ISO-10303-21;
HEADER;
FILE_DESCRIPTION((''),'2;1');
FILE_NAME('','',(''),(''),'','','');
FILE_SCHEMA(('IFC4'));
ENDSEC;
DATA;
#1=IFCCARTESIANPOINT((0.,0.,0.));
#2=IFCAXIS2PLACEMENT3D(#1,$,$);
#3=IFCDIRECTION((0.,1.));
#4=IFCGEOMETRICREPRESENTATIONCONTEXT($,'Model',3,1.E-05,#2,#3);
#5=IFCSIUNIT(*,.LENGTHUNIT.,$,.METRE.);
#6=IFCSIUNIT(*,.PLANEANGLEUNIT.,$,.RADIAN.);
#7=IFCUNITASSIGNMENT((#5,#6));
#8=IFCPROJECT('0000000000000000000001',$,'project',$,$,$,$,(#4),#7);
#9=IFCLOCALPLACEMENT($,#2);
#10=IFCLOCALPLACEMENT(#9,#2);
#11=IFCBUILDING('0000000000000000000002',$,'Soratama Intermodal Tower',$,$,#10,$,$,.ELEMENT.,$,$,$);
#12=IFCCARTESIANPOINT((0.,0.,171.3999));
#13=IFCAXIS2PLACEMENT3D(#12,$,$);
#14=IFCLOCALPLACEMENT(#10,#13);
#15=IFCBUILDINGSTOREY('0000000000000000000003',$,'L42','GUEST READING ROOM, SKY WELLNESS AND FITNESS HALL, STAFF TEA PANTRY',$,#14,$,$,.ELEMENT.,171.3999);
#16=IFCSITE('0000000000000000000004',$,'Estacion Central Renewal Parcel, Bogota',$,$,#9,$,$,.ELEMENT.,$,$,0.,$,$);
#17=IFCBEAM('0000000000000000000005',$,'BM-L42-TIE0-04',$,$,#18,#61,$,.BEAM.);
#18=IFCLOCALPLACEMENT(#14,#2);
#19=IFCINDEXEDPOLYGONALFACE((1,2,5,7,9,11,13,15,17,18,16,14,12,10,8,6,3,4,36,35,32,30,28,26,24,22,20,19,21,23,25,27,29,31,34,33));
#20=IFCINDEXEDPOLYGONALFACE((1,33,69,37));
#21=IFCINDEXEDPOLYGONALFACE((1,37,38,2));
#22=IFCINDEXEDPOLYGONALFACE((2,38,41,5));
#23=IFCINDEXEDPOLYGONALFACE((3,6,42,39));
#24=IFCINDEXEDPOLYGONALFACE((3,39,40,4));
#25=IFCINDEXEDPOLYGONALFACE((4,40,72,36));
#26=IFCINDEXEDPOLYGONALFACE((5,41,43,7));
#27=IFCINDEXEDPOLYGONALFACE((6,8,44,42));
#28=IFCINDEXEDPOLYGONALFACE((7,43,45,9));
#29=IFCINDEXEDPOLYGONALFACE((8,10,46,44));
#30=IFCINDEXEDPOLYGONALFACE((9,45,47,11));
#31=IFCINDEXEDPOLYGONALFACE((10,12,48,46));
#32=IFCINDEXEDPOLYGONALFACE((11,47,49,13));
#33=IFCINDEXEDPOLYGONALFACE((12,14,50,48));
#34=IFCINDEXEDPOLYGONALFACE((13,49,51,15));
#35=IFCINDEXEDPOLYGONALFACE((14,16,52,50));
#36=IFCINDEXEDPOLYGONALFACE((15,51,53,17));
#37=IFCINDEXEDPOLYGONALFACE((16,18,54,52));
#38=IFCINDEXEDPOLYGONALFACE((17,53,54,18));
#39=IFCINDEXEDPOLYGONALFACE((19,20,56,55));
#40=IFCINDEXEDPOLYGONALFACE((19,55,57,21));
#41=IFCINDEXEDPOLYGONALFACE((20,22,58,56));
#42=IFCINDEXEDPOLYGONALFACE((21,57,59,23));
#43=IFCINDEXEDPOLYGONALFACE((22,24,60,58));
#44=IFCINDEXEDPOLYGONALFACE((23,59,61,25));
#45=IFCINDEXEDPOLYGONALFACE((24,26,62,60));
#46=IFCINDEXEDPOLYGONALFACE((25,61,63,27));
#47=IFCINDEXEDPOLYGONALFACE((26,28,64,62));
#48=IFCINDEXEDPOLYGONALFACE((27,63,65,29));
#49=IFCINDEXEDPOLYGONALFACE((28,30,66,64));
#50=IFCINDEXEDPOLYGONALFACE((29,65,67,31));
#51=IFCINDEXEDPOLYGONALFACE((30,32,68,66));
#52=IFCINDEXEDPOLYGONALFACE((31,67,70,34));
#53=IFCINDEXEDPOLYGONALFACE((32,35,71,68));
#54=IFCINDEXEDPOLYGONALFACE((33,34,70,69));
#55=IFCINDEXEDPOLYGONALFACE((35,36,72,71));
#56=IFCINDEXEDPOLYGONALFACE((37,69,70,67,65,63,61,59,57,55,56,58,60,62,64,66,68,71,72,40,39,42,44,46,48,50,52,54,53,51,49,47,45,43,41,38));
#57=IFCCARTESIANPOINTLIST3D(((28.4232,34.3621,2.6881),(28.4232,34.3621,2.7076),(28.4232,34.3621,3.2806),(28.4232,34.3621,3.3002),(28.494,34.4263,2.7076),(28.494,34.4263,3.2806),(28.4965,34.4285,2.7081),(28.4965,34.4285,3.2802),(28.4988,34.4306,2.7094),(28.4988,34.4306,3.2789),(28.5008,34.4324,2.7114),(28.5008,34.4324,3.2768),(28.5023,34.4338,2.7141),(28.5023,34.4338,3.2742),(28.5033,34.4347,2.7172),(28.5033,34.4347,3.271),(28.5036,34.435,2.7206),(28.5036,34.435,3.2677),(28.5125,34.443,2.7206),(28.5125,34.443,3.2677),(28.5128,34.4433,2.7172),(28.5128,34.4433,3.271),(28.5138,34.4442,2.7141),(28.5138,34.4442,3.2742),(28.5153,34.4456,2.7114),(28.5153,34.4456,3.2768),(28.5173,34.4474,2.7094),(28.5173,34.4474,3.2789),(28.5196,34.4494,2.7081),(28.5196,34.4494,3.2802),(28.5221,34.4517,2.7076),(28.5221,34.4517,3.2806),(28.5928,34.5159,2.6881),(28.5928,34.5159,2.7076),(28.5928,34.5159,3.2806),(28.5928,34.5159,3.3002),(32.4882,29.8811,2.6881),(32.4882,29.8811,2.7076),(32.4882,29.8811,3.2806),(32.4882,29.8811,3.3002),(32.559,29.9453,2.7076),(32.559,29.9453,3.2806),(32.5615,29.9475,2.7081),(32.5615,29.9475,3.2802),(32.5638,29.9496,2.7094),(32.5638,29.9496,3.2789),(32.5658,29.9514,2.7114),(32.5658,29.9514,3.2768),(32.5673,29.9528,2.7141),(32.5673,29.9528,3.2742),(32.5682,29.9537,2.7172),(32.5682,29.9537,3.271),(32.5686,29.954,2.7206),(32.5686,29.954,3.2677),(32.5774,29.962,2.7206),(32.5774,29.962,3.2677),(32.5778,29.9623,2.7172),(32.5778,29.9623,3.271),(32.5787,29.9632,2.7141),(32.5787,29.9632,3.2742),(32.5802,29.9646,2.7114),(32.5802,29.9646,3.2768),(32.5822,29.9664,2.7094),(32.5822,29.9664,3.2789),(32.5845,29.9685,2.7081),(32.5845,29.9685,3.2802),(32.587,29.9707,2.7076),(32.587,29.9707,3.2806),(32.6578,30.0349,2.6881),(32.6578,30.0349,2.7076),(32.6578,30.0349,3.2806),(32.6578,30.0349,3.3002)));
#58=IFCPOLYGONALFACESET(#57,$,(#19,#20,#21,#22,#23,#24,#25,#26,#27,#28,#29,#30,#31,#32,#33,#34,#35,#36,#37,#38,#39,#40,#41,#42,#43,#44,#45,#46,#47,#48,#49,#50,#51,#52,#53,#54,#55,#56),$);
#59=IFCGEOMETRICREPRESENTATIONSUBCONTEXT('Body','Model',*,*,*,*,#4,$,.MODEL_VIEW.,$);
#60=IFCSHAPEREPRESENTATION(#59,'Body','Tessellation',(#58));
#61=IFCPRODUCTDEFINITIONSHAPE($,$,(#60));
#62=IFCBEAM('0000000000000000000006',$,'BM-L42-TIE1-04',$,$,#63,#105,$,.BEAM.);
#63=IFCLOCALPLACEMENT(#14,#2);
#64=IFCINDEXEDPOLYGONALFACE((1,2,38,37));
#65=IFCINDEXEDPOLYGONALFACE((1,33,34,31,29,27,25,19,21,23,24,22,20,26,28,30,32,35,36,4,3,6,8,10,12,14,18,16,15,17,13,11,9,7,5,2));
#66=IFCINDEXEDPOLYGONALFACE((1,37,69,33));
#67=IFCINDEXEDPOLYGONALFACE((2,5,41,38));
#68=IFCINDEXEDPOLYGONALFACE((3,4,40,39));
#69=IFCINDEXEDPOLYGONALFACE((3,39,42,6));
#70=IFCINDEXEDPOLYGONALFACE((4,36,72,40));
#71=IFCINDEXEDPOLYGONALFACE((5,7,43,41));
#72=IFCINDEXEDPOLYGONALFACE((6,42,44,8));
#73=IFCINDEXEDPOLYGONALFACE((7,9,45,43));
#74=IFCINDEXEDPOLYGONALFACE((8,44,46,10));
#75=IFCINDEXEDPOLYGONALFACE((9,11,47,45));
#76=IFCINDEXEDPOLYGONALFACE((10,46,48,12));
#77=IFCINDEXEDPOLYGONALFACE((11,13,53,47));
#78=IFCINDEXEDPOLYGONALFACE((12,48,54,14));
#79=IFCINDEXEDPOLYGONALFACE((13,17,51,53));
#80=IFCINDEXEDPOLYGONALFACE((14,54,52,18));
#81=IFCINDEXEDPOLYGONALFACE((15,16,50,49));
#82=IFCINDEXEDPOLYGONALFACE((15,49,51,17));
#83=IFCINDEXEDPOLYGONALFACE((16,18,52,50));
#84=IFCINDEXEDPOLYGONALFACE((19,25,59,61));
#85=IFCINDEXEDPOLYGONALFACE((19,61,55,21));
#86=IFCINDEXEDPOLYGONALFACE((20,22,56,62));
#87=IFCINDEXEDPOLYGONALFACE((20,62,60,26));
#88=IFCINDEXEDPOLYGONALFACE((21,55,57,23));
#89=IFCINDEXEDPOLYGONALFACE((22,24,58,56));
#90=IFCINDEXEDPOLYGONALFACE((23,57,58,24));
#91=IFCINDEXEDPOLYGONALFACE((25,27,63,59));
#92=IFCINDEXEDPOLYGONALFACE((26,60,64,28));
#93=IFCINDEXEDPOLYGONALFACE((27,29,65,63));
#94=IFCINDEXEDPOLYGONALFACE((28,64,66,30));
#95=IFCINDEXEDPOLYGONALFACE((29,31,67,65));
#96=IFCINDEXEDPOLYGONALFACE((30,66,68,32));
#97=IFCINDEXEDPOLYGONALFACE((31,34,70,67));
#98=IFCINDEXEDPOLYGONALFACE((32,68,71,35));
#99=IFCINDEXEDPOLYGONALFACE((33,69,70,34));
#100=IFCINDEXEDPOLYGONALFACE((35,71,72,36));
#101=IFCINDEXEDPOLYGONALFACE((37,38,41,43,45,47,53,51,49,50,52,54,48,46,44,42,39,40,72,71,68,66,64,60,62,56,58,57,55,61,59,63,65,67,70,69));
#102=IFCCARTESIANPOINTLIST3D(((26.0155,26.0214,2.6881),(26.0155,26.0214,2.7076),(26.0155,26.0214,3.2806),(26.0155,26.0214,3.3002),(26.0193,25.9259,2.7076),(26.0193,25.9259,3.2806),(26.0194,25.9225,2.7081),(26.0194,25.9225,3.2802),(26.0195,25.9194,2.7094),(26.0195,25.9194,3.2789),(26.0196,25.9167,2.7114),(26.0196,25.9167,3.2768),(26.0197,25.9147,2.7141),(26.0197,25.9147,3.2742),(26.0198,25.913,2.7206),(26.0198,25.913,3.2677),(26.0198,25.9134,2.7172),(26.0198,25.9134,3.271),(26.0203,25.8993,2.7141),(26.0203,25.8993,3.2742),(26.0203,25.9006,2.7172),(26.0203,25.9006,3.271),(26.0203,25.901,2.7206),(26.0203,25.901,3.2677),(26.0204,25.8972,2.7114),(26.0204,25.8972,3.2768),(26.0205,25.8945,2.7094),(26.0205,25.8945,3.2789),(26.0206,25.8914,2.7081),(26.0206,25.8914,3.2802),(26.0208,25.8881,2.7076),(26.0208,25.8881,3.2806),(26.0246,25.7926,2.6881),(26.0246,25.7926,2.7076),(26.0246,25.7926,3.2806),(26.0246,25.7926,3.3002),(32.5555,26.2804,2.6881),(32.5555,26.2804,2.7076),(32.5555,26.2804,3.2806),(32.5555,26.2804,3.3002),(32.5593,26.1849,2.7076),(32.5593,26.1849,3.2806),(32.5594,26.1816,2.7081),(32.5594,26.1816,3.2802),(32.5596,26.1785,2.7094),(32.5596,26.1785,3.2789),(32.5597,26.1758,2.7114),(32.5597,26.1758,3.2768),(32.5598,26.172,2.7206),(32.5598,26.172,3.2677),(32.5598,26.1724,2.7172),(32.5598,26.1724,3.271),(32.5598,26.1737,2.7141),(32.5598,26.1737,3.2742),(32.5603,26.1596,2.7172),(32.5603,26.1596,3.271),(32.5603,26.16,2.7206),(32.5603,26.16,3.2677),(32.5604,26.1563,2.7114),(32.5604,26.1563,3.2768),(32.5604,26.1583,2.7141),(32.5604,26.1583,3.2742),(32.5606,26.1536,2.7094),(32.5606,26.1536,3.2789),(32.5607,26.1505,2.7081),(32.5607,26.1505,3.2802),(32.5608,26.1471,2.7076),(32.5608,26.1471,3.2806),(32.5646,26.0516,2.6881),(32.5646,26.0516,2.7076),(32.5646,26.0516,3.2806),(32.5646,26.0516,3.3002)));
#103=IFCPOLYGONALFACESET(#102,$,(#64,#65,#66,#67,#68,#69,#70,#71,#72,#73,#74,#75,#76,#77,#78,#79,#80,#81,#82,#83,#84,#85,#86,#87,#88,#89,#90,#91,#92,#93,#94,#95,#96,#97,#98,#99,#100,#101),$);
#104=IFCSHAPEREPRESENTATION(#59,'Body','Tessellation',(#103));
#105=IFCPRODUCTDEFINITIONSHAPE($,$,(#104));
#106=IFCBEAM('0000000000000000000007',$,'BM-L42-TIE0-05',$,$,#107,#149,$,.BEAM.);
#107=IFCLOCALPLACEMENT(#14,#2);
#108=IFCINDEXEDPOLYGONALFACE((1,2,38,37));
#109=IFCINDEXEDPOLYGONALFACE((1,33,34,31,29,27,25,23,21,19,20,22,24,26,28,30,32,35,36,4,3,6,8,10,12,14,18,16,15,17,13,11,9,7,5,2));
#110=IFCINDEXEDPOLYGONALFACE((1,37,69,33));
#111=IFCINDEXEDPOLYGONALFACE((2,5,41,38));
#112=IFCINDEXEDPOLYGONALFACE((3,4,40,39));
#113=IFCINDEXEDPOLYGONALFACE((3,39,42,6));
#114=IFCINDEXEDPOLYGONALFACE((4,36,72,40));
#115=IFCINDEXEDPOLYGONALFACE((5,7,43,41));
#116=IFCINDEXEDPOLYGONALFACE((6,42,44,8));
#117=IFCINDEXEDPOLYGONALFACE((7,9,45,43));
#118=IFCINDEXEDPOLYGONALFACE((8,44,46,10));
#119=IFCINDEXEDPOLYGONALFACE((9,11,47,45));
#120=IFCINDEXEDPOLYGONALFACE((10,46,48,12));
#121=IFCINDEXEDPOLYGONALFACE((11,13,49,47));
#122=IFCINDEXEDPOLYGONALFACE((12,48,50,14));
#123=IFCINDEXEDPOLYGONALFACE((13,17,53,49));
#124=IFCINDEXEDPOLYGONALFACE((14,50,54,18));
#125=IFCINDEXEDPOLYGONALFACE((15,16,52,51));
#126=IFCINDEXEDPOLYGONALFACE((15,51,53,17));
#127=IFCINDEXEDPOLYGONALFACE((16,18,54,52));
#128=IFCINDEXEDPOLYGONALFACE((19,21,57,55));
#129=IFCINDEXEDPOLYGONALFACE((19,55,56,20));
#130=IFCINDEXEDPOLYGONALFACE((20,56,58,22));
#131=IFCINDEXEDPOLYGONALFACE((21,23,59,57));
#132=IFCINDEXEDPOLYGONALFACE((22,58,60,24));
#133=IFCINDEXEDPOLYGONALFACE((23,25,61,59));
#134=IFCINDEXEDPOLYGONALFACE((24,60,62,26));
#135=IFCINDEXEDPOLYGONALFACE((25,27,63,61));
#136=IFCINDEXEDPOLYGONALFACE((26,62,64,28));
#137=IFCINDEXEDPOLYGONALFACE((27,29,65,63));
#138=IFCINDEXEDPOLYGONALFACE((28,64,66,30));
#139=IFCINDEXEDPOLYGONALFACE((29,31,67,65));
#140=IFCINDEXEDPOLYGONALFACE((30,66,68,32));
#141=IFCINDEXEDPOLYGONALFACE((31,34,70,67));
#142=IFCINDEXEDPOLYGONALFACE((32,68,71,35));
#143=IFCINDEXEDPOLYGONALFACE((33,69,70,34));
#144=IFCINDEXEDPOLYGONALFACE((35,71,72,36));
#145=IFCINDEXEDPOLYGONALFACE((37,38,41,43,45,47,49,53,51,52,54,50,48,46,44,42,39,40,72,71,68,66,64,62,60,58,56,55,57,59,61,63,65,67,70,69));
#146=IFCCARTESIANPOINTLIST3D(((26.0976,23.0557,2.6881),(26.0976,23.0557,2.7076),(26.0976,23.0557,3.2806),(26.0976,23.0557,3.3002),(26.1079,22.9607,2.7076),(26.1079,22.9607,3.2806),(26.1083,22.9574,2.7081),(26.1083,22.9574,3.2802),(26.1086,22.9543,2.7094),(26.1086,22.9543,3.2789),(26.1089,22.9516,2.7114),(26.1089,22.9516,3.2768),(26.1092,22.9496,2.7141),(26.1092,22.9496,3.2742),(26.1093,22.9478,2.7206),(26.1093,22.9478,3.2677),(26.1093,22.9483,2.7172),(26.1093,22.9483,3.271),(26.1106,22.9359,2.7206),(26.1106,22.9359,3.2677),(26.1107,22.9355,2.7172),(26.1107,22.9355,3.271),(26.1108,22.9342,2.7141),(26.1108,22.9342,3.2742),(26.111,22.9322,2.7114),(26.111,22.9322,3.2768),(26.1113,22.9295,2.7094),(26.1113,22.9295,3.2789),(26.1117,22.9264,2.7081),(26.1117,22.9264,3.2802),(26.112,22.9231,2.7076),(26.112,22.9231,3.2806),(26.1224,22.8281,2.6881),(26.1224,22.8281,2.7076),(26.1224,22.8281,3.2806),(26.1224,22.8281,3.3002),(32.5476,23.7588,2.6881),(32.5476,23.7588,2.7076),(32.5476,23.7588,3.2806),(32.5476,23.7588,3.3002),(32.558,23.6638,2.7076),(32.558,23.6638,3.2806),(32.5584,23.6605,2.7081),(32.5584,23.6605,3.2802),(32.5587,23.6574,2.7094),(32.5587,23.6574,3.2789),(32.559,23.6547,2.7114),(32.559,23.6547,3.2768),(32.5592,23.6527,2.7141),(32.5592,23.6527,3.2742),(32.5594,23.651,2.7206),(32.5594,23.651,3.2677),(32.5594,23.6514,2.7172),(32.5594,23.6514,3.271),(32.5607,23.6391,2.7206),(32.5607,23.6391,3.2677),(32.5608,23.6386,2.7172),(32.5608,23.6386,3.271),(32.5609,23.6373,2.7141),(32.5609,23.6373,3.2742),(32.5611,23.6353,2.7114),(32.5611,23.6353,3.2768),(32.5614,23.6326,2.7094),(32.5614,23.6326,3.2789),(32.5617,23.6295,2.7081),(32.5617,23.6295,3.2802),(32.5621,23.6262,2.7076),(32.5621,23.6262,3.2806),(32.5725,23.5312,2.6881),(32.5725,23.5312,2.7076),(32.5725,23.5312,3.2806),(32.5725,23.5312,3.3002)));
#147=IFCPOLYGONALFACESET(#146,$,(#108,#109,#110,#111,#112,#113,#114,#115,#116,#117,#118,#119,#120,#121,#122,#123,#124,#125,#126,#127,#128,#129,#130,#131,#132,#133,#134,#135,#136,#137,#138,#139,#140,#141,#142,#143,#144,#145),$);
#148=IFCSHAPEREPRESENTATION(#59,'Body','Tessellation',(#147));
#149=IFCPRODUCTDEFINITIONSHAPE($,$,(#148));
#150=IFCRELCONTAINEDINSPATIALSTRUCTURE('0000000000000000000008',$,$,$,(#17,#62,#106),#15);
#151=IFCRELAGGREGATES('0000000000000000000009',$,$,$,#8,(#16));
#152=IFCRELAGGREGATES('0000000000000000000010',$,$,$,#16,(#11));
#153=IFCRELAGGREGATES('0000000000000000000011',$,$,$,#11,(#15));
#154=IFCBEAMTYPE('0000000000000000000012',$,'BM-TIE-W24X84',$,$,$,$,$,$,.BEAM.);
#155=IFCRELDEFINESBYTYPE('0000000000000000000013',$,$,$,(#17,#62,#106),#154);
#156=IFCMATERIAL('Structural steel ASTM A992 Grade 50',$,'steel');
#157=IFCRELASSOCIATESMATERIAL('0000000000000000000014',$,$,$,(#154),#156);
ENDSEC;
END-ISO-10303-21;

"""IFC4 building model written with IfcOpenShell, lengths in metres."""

from ifc_helpers import new_model, si_unit, direction, frame, origin, origin_2d, place, context, subcontext, project, spatial, i_section, extrude, material, material_profile, profile_set, type_object, element, save


model = new_model("IFC4")

# Units and contexts
model_context = context("Model", 3, precision=1e-05, world=origin(), true_north=direction((0.0, 1.0)))
body_context = subcontext(model_context, "Body", "Model", "MODEL_VIEW")
ifc_project = project(units=[si_unit("LENGTHUNIT", "METRE"), si_unit("PLANEANGLEUNIT", "RADIAN")], contexts=[model_context])

# Site, building, storey
site_placement = place(None, origin())
site = spatial("IfcSite", under=ifc_project, at=site_placement, Name="Estacion Central Renewal Parcel, Bogota", CompositionType="ELEMENT", RefElevation=0.0)
building_placement = place(site_placement, origin())
building = spatial("IfcBuilding", under=site, at=building_placement, Name="Soratama Intermodal Tower", CompositionType="ELEMENT")
storey_placement = place(building_placement, frame((0.0, 0.0, 171.3999)))
storey = spatial("IfcBuildingStorey", under=building, at=storey_placement, Name="L42", Description="GUEST READING ROOM, SKY WELLNESS AND FITNESS HALL, STAFF TEA PANTRY", CompositionType="ELEMENT", Elevation=171.3999)

# Beams
ifc_material_1 = material(Name="Structural steel ASTM A992 Grade 50", Category="steel")
ifc_material_profile_1 = material_profile(ifc_material_1, i_section(OverallWidth=0.229, OverallDepth=0.6121, WebThickness=0.012, FlangeThickness=0.0195, FilletRadius=0.0129, at=origin_2d()), Name="W24X84")
ifc_profile_set_1 = profile_set([ifc_material_profile_1], Name="Structural steel ASTM A992 Grade 50")
beam_type_1 = type_object("IfcBeamType", Name="BM-TIE-W24X84", PredefinedType="BEAM", material=ifc_profile_set_1)
beam_1_placement = place(storey_placement, frame((32.573, 29.958, 2.9941), z_axis=(-0.671889, 0.740652, 0.0), x_axis=(-0.740652, -0.671889, 0.0)))
element("IfcBeam", 1, at=beam_1_placement, inside=storey, type_object=beam_type_1, Name="BM-L42-TIE0-04", PredefinedType="BEAM", context=body_context, shape_type="SweptSolid", body=[
    extrude(i_section(OverallWidth=0.229, OverallDepth=0.6121, WebThickness=0.012, FlangeThickness=0.0195, FilletRadius=0.0129, at=origin_2d()), origin(), (0.0, 0.0, 1.0), 6.05),
])
beam_2_placement = place(storey_placement, frame((32.5601, 26.166, 2.9941), z_axis=(-0.999217, -0.039576, 0.0), x_axis=(0.039576, -0.999217, 0.0)))
element("IfcBeam", 2, at=beam_2_placement, inside=storey, type_object=beam_type_1, Name="BM-L42-TIE1-04", PredefinedType="BEAM", context=body_context, shape_type="SweptSolid", body=[
    extrude(i_section(OverallWidth=0.229, OverallDepth=0.6121, WebThickness=0.012, FlangeThickness=0.0195, FilletRadius=0.0129, at=origin_2d()), origin(), (0.0, 0.0, 1.0), 6.5452),
])
beam_3_placement = place(storey_placement, frame((32.5601, 23.645, 2.9941), z_axis=(-0.994111, -0.10837, 0.0), x_axis=(0.10837, -0.994111, 0.0)))
element("IfcBeam", 3, at=beam_3_placement, inside=storey, type_object=beam_type_1, Name="BM-L42-TIE0-05", PredefinedType="BEAM", context=body_context, shape_type="SweptSolid", body=[
    extrude(i_section(OverallWidth=0.229, OverallDepth=0.6121, WebThickness=0.012, FlangeThickness=0.0195, FilletRadius=0.0129, at=origin_2d()), origin(), (0.0, 0.0, 1.0), 6.4883),
])

save(model, "model.ifc")
